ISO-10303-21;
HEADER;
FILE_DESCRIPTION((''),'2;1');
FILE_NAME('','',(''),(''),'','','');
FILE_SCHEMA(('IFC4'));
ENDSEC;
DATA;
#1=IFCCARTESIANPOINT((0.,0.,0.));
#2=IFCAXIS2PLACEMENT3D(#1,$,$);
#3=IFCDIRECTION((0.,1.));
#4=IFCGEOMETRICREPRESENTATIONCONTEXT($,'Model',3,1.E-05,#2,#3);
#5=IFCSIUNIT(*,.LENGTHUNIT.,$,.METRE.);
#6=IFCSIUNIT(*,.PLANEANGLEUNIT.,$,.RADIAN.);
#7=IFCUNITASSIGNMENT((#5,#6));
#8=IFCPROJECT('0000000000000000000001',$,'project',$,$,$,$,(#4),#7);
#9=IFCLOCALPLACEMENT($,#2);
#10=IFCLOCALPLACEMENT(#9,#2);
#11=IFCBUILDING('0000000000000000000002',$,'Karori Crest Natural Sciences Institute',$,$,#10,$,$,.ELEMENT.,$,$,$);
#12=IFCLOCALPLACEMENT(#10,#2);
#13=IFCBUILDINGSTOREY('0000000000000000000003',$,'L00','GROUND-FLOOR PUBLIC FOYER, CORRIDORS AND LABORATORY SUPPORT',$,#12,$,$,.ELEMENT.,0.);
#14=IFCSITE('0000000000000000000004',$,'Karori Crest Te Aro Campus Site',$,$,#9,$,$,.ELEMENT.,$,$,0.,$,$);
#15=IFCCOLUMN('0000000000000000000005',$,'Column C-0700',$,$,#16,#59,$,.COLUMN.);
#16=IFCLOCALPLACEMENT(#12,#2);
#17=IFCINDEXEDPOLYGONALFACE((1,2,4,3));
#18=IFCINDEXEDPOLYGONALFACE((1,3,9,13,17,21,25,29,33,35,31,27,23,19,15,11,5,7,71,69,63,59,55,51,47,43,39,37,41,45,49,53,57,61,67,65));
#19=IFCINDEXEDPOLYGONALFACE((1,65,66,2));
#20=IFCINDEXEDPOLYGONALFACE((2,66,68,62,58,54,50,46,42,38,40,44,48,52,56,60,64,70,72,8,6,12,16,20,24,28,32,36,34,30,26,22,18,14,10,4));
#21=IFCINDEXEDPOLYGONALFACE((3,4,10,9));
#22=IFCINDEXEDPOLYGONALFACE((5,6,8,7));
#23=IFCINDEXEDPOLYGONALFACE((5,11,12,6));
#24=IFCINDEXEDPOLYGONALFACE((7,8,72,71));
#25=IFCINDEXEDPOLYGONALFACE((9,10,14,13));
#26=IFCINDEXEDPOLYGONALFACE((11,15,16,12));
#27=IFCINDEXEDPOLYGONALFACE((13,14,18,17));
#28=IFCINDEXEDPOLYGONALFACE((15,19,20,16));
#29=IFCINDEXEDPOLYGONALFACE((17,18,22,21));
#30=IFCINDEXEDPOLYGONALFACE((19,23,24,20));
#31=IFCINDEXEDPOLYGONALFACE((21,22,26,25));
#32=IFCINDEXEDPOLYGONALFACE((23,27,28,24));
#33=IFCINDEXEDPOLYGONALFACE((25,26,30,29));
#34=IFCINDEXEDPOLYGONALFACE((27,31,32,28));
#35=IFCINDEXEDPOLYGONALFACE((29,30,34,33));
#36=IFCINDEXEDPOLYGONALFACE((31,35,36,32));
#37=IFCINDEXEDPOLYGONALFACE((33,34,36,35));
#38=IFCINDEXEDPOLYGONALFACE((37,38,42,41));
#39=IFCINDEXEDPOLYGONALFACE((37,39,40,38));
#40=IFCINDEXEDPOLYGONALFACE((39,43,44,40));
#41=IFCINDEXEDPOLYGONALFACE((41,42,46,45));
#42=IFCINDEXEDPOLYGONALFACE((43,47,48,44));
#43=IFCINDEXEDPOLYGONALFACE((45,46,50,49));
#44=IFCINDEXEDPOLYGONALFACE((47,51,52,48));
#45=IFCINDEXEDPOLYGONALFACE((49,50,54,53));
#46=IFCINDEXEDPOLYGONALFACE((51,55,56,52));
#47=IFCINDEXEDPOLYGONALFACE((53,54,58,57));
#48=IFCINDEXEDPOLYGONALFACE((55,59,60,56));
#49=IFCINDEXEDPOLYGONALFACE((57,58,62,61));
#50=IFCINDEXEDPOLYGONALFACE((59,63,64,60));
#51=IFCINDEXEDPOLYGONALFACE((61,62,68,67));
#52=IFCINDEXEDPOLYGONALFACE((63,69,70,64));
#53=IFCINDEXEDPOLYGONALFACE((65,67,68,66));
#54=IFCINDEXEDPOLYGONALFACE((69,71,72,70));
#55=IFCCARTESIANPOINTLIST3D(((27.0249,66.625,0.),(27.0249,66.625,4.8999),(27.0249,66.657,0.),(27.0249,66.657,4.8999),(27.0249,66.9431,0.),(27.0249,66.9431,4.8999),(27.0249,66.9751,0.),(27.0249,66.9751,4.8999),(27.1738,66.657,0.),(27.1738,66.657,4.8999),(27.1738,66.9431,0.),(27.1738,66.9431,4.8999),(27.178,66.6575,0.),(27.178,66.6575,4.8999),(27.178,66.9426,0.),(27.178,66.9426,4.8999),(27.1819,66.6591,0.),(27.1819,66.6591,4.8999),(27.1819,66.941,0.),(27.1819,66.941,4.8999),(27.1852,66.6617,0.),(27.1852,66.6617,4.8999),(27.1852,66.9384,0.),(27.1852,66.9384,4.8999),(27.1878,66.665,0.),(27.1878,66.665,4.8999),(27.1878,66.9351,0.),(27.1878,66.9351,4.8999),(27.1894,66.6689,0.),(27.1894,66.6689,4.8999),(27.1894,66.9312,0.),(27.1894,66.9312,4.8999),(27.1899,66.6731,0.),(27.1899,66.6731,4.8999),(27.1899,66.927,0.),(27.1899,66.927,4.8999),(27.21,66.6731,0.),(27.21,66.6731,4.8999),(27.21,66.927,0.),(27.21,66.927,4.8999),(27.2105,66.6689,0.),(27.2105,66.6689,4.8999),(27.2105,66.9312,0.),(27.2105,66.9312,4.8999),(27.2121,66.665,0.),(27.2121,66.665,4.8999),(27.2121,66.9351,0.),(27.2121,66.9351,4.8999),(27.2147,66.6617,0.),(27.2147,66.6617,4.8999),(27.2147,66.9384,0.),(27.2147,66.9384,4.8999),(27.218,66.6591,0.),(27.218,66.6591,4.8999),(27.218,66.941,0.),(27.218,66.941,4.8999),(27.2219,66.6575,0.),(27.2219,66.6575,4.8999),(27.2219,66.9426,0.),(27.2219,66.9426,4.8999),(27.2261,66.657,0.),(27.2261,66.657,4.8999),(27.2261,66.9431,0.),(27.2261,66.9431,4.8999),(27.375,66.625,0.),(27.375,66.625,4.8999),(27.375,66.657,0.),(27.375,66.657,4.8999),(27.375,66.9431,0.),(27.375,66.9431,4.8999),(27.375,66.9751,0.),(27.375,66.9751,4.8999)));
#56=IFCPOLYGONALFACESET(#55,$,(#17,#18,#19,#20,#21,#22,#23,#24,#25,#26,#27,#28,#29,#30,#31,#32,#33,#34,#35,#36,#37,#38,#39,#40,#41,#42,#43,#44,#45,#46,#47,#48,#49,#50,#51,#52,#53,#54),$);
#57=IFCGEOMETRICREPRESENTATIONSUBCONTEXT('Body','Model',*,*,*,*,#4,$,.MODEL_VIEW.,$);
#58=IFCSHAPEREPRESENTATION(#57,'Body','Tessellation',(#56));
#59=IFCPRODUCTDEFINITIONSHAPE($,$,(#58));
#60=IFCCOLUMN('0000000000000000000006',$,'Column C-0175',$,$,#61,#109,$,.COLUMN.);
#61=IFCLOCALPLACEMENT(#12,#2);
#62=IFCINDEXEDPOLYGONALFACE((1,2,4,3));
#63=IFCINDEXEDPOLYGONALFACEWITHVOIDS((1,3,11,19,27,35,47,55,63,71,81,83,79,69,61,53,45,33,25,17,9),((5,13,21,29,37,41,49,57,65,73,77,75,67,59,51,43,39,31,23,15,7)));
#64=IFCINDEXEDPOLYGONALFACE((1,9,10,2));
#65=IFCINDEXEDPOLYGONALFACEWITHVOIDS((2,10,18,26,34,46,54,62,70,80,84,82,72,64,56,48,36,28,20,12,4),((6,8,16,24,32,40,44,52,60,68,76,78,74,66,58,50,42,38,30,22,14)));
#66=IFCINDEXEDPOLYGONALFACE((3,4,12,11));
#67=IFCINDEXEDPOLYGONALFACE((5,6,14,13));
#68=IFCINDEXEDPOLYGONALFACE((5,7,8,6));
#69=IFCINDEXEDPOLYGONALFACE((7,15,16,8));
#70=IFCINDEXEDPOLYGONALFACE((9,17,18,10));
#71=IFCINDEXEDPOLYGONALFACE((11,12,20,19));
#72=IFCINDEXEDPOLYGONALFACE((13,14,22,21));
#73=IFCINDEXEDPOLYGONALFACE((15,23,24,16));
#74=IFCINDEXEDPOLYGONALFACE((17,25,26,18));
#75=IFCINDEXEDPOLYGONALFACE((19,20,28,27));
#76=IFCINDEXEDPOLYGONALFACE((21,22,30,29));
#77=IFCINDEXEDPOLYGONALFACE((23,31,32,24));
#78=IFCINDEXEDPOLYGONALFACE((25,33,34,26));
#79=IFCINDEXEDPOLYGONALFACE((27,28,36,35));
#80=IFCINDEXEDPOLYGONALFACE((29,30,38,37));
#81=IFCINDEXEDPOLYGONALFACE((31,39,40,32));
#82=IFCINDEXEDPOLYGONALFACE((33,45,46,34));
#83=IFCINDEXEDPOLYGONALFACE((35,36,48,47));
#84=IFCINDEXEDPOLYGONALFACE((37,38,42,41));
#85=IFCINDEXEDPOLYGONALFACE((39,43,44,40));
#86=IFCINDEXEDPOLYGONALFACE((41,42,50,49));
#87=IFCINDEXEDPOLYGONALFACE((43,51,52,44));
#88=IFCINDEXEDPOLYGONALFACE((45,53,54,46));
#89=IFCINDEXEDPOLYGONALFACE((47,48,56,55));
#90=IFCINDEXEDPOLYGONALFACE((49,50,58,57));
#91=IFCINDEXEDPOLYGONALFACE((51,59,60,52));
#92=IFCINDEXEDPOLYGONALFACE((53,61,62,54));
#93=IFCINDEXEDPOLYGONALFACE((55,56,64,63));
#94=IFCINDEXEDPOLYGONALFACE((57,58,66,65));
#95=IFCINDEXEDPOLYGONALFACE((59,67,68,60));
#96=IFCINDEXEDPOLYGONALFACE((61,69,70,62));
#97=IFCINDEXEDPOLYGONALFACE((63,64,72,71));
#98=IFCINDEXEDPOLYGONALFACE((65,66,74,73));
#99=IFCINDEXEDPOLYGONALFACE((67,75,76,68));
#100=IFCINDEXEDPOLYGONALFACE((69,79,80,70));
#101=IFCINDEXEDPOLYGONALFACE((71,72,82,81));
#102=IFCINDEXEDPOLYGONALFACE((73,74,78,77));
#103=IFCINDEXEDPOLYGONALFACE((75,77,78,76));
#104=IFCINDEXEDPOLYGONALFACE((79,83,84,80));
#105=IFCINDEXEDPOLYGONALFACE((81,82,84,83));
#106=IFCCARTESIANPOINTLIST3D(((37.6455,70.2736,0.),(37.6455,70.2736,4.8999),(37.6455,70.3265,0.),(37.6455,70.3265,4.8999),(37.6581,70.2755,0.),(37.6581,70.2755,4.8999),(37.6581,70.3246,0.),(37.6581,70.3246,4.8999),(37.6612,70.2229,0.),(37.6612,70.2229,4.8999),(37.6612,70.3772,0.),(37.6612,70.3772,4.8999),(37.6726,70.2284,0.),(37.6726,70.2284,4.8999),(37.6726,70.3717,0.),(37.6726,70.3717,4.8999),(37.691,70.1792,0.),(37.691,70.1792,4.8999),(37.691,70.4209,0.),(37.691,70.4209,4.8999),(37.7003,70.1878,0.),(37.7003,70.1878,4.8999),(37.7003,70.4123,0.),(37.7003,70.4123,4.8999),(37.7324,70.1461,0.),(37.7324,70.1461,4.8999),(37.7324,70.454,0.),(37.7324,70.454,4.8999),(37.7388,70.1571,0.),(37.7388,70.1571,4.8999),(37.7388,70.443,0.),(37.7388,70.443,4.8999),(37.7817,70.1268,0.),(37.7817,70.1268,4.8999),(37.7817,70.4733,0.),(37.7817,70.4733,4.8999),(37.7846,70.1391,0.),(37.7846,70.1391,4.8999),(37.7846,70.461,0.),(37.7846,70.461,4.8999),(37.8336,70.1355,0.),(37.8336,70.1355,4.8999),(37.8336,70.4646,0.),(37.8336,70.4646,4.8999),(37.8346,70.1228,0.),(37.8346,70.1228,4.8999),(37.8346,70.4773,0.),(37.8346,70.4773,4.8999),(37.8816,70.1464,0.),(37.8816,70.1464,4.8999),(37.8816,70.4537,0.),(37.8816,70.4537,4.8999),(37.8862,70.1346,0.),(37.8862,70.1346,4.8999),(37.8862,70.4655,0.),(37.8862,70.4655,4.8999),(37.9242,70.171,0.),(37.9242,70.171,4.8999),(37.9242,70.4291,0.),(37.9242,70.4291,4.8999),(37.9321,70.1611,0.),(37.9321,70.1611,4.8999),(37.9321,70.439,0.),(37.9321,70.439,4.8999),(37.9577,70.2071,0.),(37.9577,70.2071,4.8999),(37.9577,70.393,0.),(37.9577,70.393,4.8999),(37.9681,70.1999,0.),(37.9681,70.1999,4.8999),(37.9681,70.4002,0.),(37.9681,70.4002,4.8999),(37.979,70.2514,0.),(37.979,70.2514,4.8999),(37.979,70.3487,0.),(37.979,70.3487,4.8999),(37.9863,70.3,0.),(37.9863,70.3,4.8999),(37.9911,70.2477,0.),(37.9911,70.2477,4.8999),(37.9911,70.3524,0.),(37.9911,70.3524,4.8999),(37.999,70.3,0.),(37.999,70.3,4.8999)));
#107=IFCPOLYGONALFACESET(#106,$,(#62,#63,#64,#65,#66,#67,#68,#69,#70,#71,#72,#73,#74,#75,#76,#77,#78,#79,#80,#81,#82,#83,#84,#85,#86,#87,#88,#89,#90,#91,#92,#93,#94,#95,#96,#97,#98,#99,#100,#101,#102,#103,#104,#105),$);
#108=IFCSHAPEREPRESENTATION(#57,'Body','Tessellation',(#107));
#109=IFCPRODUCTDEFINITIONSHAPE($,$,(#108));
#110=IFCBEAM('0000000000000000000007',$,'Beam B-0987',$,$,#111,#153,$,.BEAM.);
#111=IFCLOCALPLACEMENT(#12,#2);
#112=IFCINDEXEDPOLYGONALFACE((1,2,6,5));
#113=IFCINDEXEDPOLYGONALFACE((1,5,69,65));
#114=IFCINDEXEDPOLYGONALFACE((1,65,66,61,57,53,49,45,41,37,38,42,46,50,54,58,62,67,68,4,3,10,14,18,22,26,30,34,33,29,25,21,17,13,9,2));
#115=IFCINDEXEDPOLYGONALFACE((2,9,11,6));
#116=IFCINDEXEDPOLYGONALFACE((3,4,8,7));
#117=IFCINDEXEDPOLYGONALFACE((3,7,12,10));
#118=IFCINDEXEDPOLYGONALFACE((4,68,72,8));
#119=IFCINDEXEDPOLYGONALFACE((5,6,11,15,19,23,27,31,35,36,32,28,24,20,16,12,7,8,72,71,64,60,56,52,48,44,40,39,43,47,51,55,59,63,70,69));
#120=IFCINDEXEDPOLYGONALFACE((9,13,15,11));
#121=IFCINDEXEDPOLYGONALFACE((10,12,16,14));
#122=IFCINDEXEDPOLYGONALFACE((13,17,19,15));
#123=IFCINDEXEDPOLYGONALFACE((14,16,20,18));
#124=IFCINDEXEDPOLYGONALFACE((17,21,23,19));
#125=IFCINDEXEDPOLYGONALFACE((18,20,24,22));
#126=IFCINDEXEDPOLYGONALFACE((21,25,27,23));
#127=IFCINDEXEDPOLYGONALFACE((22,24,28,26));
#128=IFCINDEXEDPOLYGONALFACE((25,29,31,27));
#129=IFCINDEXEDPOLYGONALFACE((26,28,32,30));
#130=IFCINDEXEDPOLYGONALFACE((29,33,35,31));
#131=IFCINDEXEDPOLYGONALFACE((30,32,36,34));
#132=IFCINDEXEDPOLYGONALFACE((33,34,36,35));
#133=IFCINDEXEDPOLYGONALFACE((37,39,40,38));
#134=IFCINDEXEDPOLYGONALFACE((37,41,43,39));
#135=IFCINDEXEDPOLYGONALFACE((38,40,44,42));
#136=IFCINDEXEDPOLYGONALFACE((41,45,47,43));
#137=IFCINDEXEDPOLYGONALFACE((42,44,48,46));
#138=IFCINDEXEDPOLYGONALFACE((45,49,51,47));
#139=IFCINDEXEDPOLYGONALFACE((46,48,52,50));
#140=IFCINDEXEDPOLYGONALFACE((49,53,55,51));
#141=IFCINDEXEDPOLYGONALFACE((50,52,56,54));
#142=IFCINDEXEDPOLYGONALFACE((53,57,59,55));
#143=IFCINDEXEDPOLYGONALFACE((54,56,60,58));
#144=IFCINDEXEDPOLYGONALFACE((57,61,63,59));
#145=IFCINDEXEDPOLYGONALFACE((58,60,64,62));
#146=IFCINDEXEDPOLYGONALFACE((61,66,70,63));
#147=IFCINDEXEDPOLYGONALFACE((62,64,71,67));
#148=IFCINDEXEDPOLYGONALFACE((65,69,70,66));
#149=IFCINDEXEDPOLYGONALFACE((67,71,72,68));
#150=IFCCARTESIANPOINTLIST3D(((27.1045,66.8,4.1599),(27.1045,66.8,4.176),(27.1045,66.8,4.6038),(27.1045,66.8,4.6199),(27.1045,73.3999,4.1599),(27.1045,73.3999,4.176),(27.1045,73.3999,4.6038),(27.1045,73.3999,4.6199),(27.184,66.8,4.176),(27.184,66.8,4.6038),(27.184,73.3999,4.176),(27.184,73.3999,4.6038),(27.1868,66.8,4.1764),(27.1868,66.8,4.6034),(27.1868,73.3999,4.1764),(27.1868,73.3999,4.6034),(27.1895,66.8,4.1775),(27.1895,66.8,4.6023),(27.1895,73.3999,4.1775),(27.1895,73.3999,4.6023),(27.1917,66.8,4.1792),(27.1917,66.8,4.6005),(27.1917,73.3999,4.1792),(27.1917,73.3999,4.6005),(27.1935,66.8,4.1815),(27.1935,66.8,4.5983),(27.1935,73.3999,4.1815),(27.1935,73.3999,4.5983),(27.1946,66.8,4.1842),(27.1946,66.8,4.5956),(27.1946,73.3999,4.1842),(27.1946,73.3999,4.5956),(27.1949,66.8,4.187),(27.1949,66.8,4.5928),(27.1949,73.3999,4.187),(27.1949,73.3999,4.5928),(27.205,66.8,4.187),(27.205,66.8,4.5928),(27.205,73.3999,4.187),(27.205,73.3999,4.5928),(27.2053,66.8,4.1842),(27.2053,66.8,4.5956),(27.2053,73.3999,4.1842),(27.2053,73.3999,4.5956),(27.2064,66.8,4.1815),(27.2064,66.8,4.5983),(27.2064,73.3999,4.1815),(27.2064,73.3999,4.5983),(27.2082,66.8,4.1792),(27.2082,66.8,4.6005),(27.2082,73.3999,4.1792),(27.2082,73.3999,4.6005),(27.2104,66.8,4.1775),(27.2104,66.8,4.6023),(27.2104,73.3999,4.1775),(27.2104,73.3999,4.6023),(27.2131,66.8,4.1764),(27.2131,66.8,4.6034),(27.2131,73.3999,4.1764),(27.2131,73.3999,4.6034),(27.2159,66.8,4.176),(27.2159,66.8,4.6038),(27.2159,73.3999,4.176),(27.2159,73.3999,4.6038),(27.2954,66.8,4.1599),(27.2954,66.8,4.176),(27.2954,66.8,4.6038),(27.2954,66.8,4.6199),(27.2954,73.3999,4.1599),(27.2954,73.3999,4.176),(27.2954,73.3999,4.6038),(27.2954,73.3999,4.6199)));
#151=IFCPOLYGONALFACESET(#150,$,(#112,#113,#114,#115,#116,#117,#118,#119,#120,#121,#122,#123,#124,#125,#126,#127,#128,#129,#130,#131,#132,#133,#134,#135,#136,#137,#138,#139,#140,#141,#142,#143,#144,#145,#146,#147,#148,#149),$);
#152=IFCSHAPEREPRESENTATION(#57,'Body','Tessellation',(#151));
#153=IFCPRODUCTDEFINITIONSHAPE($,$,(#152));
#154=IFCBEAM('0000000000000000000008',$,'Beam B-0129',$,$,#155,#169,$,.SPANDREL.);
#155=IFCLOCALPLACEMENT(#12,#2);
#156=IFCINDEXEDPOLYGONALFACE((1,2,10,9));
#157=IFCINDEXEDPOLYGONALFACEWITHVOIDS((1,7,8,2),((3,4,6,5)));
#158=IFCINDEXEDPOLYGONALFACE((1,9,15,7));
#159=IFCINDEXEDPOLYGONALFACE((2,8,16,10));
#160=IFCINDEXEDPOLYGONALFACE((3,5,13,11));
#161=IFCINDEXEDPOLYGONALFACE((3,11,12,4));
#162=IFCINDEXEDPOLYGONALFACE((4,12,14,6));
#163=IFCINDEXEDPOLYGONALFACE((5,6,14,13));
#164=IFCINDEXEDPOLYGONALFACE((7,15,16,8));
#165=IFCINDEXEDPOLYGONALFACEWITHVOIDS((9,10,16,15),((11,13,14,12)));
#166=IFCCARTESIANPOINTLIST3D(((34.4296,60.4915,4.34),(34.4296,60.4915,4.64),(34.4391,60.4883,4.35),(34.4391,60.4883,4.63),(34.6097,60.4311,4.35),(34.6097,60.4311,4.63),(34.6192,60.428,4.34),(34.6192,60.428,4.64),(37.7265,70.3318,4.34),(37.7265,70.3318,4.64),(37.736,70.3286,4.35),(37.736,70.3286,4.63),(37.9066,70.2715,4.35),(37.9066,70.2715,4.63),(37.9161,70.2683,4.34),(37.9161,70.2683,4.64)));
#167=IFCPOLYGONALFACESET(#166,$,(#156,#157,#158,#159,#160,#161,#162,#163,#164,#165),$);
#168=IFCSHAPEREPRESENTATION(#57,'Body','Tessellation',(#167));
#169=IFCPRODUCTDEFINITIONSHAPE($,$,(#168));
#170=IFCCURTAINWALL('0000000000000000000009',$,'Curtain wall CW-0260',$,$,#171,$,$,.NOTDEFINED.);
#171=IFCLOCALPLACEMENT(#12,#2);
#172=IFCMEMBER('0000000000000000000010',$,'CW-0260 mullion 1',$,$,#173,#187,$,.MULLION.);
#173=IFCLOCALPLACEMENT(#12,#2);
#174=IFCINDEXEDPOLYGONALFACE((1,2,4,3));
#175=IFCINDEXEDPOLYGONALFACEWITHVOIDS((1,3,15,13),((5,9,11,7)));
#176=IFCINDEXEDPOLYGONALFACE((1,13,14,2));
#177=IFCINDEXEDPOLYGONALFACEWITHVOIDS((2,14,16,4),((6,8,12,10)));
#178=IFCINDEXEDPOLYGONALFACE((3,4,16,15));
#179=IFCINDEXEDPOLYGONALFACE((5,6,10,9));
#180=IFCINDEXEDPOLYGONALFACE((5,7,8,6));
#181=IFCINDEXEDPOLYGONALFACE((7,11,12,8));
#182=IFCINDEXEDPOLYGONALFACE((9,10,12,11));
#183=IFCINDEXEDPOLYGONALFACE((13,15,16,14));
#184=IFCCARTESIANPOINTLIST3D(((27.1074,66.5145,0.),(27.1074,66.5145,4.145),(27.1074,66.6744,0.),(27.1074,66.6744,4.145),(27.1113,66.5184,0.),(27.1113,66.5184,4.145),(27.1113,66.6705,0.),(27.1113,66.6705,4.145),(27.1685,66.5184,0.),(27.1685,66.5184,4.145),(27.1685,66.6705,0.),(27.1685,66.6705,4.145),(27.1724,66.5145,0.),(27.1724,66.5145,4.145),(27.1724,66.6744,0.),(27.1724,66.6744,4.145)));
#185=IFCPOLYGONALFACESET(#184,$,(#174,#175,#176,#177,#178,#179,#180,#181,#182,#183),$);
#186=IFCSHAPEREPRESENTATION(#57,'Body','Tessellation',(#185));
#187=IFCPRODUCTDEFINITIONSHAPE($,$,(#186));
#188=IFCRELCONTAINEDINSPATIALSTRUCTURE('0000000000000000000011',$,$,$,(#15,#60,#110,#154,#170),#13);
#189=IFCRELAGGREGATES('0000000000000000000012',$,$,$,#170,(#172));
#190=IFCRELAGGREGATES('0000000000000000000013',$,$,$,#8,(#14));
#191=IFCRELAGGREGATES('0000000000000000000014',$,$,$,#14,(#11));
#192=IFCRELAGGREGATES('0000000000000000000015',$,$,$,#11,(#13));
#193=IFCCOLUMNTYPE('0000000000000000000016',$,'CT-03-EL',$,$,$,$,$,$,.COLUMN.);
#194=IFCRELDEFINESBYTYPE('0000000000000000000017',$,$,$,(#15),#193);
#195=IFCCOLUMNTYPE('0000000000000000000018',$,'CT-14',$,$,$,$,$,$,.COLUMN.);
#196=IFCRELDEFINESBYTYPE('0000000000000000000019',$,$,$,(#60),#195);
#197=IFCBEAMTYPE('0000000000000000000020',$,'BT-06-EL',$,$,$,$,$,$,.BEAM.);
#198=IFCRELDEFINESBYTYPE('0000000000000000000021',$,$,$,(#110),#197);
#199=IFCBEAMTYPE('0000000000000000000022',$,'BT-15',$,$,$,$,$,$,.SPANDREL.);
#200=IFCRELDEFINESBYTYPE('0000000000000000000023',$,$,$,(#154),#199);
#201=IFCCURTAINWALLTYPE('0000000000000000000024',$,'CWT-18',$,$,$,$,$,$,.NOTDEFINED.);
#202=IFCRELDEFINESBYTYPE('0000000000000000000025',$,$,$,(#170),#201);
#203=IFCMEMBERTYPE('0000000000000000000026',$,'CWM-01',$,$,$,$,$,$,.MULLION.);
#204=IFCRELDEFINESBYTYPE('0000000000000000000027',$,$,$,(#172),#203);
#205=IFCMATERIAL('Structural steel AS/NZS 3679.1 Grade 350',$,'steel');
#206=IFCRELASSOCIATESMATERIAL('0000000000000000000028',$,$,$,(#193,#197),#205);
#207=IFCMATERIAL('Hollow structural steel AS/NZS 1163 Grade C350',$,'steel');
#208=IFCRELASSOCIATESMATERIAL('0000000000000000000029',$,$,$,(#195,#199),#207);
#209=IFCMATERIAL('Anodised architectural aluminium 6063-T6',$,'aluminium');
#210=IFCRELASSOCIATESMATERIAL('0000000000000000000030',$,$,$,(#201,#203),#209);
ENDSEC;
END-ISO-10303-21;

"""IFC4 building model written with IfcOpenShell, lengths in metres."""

from ifc_helpers import new_model, si_unit, direction, frame, origin, origin_2d, place, context, subcontext, project, spatial, hollow_rectangle, hollow_circle, i_section, extrude, material, material_profile, profile_set, type_object, element, aggregate, save


model = new_model("IFC4")

# Units and contexts
model_context = context("Model", 3, precision=1e-05, world=origin(), true_north=direction((0.0, 1.0)))
body_context = subcontext(model_context, "Body", "Model", "MODEL_VIEW")
ifc_project = project(units=[si_unit("LENGTHUNIT", "METRE"), si_unit("PLANEANGLEUNIT", "RADIAN")], contexts=[model_context])

# Site, building, storey
site_placement = place(None, origin())
site = spatial("IfcSite", under=ifc_project, at=site_placement, Name="Karori Crest Te Aro Campus Site", CompositionType="ELEMENT", RefElevation=0.0)
building_placement = place(site_placement, origin())
building = spatial("IfcBuilding", under=site, at=building_placement, Name="Karori Crest Natural Sciences Institute", CompositionType="ELEMENT")
storey_placement = place(building_placement, origin())
storey = spatial("IfcBuildingStorey", under=building, at=storey_placement, Name="L00", Description="GROUND-FLOOR PUBLIC FOYER, CORRIDORS AND LABORATORY SUPPORT", CompositionType="ELEMENT", Elevation=0.0)

# Columns
ifc_material_1 = material(Name="Structural steel AS/NZS 3679.1 Grade 350", Category="steel")
ifc_material_profile_1 = material_profile(ifc_material_1, i_section(OverallWidth=0.3501, OverallDepth=0.3501, WebThickness=0.02, FlangeThickness=0.032, FilletRadius=0.0161, at=origin_2d()), Name="350WC280")
ifc_profile_set_1 = profile_set([ifc_material_profile_1], Name="Structural steel AS/NZS 3679.1 Grade 350")
column_type_1 = type_object("IfcColumnType", Name="CT-03-EL", PredefinedType="COLUMN", material=ifc_profile_set_1)
column_1_placement = place(storey_placement, frame((27.2, 66.8, 0.0), z_axis=(0.0, 0.0, 1.0), x_axis=(1.0, 0.0, 0.0)))
element("IfcColumn", 1, at=column_1_placement, inside=storey, type_object=column_type_1, Name="Column C-0700", PredefinedType="COLUMN", context=body_context, shape_type="SweptSolid", body=[
    extrude(i_section(OverallWidth=0.3501, OverallDepth=0.3501, WebThickness=0.02, FlangeThickness=0.032, FilletRadius=0.0161, at=origin_2d()), origin(), (0.0, 0.0, 1.0), 4.8999),
])
ifc_material_2 = material(Name="Hollow structural steel AS/NZS 1163 Grade C350", Category="steel")
ifc_material_profile_2 = material_profile(ifc_material_2, hollow_circle(Radius=0.1777, WallThickness=0.0127, at=origin_2d()), Name="CHS355.6x12.7")
ifc_profile_set_2 = profile_set([ifc_material_profile_2], Name="Hollow structural steel AS/NZS 1163 Grade C350")
column_type_2 = type_object("IfcColumnType", Name="CT-14", PredefinedType="COLUMN", material=ifc_profile_set_2)
column_2_placement = place(storey_placement, frame((37.8213, 70.3, 0.0), z_axis=(0.0, 0.0, 1.0), x_axis=(1.0, 0.0, 0.0)))
element("IfcColumn", 2, at=column_2_placement, inside=storey, type_object=column_type_2, Name="Column C-0175", PredefinedType="COLUMN", context=body_context, shape_type="SweptSolid", body=[
    extrude(hollow_circle(Radius=0.1777, WallThickness=0.0127, at=origin_2d()), origin(), (0.0, 0.0, 1.0), 4.8999),
])

# Beams
ifc_material_profile_3 = material_profile(ifc_material_1, i_section(OverallWidth=0.1909, OverallDepth=0.46, WebThickness=0.01, FlangeThickness=0.0161, FilletRadius=0.011, at=origin_2d()), Name="460UB82.1")
ifc_profile_set_3 = profile_set([ifc_material_profile_3], Name="Structural steel AS/NZS 3679.1 Grade 350")
beam_type_1 = type_object("IfcBeamType", Name="BT-06-EL", PredefinedType="BEAM", material=ifc_profile_set_3)
beam_1_placement = place(storey_placement, frame((27.2, 66.8, 4.3899), z_axis=(0.0, 1.0, 0.0), x_axis=(-1.0, 0.0, 0.0)))
element("IfcBeam", 3, at=beam_1_placement, inside=storey, type_object=beam_type_1, Name="Beam B-0987", PredefinedType="BEAM", context=body_context, shape_type="SweptSolid", body=[
    extrude(i_section(OverallWidth=0.1909, OverallDepth=0.46, WebThickness=0.01, FlangeThickness=0.0161, FilletRadius=0.011, at=origin_2d()), origin(), (0.0, 0.0, 1.0), 6.5999),
])
ifc_material_profile_4 = material_profile(ifc_material_2, hollow_rectangle(XDim=0.2, YDim=0.3, WallThickness=0.01, at=origin_2d()), Name="RHS300x200x10")
ifc_profile_set_4 = profile_set([ifc_material_profile_4], Name="Hollow structural steel AS/NZS 1163 Grade C350")
beam_type_2 = type_object("IfcBeamType", Name="BT-15", PredefinedType="SPANDREL", material=ifc_profile_set_4)
beam_2_placement = place(storey_placement, frame((37.8213, 70.3, 4.49), z_axis=(-0.317681, -0.948198, 0.0), x_axis=(0.948198, -0.317681, 0.0)))
element("IfcBeam", 4, at=beam_2_placement, inside=storey, type_object=beam_type_2, Name="Beam B-0129", PredefinedType="SPANDREL", context=body_context, shape_type="SweptSolid", body=[
    extrude(hollow_rectangle(XDim=0.2, YDim=0.3, WallThickness=0.01, at=origin_2d()), origin(), (0.0, 0.0, 1.0), 10.3779),
])

# Curtain wall, member
ifc_material_3 = material(Name="Anodised architectural aluminium 6063-T6", Category="aluminium")
curtain_wall_type_1 = type_object("IfcCurtainWallType", Name="CWT-18", PredefinedType="NOTDEFINED", material=ifc_material_3)
curtain_wall_1_placement = place(storey_placement, origin())
curtain_wall_1 = element("IfcCurtainWall", 5, at=curtain_wall_1_placement, inside=storey, type_object=curtain_wall_type_1, Name="Curtain wall CW-0260", PredefinedType="NOTDEFINED")
ifc_material_profile_5 = material_profile(ifc_material_3, hollow_rectangle(XDim=0.0649, YDim=0.1599, WallThickness=0.0039, at=origin_2d()), Name="CWM160x65x4")
ifc_profile_set_5 = profile_set([ifc_material_profile_5], Name="Anodised architectural aluminium 6063-T6")
member_type_1 = type_object("IfcMemberType", Name="CWM-01", PredefinedType="MULLION", material=ifc_profile_set_5)
member_1_placement = place(storey_placement, frame((27.1399, 66.5945, 0.0), z_axis=(0.0, 0.0, 1.0), x_axis=(1.0, 0.0, 0.0)))
member_1 = element("IfcMember", 6, at=member_1_placement, type_object=member_type_1, Name="CW-0260 mullion 1", PredefinedType="MULLION", context=body_context, shape_type="SweptSolid", body=[
    extrude(hollow_rectangle(XDim=0.0649, YDim=0.1599, WallThickness=0.0039, at=origin_2d()), origin(), (0.0, 0.0, 1.0), 4.145),
])

aggregate(curtain_wall_1, [member_1])

save(model, "model.ifc")
